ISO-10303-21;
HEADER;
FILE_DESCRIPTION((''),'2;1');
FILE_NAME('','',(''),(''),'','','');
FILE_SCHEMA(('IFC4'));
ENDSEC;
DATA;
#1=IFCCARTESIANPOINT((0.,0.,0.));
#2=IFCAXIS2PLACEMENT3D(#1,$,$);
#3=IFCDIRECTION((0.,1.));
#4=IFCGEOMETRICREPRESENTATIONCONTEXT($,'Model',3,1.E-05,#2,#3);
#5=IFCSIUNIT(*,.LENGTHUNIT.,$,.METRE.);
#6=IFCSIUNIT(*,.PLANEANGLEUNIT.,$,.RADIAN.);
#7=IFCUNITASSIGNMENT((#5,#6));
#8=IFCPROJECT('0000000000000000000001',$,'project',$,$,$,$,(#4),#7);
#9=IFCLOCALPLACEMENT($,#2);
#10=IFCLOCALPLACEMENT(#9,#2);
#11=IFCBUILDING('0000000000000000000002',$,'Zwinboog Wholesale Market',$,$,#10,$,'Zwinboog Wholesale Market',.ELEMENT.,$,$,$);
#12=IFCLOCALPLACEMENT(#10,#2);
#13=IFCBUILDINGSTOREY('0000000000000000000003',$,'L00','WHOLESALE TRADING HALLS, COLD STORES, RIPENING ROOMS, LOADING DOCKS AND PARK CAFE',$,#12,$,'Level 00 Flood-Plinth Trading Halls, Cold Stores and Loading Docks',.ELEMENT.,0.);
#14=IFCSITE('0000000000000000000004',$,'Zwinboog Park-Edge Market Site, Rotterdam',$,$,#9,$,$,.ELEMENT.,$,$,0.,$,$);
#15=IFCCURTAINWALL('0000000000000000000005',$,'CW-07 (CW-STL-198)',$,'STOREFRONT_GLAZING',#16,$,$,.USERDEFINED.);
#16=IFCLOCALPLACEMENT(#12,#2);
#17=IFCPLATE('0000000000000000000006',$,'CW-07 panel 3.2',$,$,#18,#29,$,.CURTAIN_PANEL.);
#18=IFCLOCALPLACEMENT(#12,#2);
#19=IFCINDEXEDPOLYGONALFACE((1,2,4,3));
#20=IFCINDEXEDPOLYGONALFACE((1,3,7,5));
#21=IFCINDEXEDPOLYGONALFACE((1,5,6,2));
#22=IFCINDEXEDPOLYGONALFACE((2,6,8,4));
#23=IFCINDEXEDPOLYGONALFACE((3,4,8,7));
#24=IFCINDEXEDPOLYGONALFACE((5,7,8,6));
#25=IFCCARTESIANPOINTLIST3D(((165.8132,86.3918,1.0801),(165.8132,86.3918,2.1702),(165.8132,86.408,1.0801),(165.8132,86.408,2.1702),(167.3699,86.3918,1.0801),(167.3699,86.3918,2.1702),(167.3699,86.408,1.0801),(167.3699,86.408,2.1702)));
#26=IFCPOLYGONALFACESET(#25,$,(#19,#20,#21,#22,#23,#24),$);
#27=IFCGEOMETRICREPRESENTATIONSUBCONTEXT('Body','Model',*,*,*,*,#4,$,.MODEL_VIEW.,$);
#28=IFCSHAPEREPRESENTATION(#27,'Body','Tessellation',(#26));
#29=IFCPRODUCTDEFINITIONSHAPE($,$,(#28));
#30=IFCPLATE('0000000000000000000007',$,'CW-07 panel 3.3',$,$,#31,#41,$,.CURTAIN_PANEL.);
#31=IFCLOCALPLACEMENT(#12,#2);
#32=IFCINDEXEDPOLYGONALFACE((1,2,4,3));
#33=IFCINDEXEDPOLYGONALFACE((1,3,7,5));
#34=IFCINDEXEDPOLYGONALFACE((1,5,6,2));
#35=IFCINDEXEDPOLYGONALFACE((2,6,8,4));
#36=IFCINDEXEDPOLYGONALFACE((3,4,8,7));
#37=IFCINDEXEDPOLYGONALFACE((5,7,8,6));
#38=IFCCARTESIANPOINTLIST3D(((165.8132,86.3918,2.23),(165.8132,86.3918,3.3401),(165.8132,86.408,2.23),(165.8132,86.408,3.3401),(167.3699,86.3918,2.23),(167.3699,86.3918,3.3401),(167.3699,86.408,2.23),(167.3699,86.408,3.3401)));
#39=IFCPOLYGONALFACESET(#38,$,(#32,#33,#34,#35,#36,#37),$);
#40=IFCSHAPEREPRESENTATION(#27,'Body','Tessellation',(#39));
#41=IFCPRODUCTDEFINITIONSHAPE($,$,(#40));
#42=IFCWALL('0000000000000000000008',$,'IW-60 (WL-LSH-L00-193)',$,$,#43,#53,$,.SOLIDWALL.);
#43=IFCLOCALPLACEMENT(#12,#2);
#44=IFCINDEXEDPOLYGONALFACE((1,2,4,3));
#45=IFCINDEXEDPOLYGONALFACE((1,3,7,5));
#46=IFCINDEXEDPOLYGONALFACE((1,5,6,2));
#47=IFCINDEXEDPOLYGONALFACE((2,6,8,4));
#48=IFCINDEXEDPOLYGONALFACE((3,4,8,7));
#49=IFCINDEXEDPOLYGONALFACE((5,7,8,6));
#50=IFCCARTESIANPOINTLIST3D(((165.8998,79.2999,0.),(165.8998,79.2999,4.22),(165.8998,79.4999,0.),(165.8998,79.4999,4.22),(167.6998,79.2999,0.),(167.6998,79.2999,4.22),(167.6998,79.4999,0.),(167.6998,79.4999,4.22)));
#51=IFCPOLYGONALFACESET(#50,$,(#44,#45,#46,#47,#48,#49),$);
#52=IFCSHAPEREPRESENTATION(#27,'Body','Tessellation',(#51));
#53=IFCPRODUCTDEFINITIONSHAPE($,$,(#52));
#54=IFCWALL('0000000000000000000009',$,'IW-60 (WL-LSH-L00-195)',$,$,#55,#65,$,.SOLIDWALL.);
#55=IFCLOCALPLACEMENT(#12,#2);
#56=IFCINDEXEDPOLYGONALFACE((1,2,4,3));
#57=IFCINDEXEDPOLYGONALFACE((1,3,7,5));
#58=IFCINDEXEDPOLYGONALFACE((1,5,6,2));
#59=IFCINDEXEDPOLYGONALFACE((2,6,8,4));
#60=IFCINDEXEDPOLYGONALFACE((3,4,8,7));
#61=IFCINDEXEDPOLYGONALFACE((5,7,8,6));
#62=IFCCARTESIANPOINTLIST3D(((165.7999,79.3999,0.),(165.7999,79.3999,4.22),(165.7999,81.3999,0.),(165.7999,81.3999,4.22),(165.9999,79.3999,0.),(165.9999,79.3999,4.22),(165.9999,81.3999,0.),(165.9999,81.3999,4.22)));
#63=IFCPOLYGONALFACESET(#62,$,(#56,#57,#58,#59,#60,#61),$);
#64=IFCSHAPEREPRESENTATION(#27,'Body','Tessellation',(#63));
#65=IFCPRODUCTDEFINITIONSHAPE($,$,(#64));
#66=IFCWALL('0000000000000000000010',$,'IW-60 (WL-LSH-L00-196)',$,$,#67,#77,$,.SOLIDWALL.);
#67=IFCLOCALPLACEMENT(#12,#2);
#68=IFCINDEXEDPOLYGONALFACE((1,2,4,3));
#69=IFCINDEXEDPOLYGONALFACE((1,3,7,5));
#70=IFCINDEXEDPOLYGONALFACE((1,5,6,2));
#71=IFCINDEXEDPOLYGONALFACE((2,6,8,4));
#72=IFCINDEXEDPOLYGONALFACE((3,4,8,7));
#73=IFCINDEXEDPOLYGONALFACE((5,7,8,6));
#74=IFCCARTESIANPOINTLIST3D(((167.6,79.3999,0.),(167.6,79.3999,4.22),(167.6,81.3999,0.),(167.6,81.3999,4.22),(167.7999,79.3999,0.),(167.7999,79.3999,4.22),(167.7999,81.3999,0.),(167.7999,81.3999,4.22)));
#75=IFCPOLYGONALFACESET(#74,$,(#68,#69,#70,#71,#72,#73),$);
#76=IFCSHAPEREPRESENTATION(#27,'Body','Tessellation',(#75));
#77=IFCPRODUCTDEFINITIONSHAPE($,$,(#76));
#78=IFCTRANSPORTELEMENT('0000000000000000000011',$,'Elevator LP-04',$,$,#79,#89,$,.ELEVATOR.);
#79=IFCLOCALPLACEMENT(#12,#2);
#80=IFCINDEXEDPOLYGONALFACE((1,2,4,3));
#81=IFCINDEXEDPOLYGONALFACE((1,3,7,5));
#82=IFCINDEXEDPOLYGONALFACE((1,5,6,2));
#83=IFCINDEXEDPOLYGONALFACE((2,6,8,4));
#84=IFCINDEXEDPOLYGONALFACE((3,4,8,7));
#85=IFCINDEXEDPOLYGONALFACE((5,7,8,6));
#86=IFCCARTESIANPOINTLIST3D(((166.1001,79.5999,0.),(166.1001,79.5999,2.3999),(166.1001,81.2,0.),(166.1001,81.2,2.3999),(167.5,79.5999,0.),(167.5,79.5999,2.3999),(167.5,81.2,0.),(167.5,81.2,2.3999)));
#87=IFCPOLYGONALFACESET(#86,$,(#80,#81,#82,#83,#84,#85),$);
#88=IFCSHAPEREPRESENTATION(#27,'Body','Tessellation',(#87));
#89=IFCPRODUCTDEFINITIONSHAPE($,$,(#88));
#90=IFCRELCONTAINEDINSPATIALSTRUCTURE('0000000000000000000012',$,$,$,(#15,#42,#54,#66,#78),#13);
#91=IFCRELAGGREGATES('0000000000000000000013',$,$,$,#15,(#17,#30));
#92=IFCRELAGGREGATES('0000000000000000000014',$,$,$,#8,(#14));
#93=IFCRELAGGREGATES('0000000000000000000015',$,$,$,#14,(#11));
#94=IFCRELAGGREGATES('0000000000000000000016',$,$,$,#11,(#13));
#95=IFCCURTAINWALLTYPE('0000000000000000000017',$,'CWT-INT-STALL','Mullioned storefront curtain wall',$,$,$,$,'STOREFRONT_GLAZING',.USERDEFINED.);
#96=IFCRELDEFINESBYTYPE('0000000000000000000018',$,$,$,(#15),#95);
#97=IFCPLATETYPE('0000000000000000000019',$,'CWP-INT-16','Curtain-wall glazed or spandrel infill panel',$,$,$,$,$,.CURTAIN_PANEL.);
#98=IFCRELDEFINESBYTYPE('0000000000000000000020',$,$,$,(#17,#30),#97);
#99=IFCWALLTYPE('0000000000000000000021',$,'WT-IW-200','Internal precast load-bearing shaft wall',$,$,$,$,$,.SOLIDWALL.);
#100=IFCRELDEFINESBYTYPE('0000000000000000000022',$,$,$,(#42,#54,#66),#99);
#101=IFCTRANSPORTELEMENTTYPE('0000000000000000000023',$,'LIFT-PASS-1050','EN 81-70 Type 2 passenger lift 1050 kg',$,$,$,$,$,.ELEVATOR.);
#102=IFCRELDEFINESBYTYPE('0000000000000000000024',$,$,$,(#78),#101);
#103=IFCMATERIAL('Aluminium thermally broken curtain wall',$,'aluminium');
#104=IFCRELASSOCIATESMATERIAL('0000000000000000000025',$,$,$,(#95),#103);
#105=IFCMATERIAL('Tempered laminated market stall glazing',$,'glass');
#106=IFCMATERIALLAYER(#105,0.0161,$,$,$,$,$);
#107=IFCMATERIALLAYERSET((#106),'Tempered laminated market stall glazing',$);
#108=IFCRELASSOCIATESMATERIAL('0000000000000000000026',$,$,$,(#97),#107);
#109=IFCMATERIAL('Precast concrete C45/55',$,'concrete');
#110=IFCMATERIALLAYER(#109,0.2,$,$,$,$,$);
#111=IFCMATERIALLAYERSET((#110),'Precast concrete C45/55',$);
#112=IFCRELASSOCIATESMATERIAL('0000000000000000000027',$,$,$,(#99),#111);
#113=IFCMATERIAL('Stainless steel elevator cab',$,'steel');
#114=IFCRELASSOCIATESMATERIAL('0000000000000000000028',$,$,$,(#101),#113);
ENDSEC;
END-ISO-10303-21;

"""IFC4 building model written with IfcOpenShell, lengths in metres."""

from ifc_helpers import new_model, si_unit, direction, frame, frame_2d, origin, origin_2d, place, context, subcontext, project, spatial, rectangle, extrude, material, layer, layer_set, type_object, element, aggregate, save


model = new_model("IFC4")

# Units and contexts
model_context = context("Model", 3, precision=1e-05, world=origin(), true_north=direction((0.0, 1.0)))
body_context = subcontext(model_context, "Body", "Model", "MODEL_VIEW")
ifc_project = project(units=[si_unit("LENGTHUNIT", "METRE"), si_unit("PLANEANGLEUNIT", "RADIAN")], contexts=[model_context])

# Site, building, storey
site_placement = place(None, origin())
site = spatial("IfcSite", under=ifc_project, at=site_placement, Name="Zwinboog Park-Edge Market Site, Rotterdam", CompositionType="ELEMENT", RefElevation=0.0)
building_placement = place(site_placement, origin())
building = spatial("IfcBuilding", under=site, at=building_placement, Name="Zwinboog Wholesale Market", LongName="Zwinboog Wholesale Market", CompositionType="ELEMENT")
storey_placement = place(building_placement, origin())
storey = spatial("IfcBuildingStorey", under=building, at=storey_placement, Name="L00", Description="WHOLESALE TRADING HALLS, COLD STORES, RIPENING ROOMS, LOADING DOCKS AND PARK CAFE", LongName="Level 00 Flood-Plinth Trading Halls, Cold Stores and Loading Docks", CompositionType="ELEMENT", Elevation=0.0)

# Curtain wall
ifc_material_1 = material(Name="Aluminium thermally broken curtain wall", Category="aluminium")
curtain_wall_type = type_object("IfcCurtainWallType", Name="CWT-INT-STALL", Description="Mullioned storefront curtain wall", ElementType="STOREFRONT_GLAZING", PredefinedType="USERDEFINED", material=ifc_material_1)
curtain_wall_1_placement = place(storey_placement, origin())
curtain_wall_1 = element("IfcCurtainWall", 1, at=curtain_wall_1_placement, inside=storey, type_object=curtain_wall_type, Name="CW-07 (CW-STL-198)", ObjectType="STOREFRONT_GLAZING", PredefinedType="USERDEFINED")

# Plates
ifc_material_2 = material(Name="Tempered laminated market stall glazing", Category="glass")
ifc_layer_1 = layer(ifc_material_2, 0.0161)
ifc_layer_set_1 = layer_set([ifc_layer_1], Name="Tempered laminated market stall glazing")
plate_type = type_object("IfcPlateType", Name="CWP-INT-16", Description="Curtain-wall glazed or spandrel infill panel", PredefinedType="CURTAIN_PANEL", material=ifc_layer_set_1)
plate_1_placement = place(storey_placement, frame((166.5916, 86.3999, 1.0801), z_axis=(0.0, 0.0, 1.0), x_axis=(1.0, 0.0, 0.0)))
plate_1 = element("IfcPlate", 2, at=plate_1_placement, type_object=plate_type, Name="CW-07 panel 3.2", PredefinedType="CURTAIN_PANEL", context=body_context, shape_type="SweptSolid", body=[
    extrude(rectangle(XDim=1.5566, YDim=0.0161, at=origin_2d()), origin(), (0.0, 0.0, 1.0), 1.0901),
])
plate_2_placement = place(storey_placement, frame((166.5916, 86.3999, 2.23), z_axis=(0.0, 0.0, 1.0), x_axis=(1.0, 0.0, 0.0)))
plate_2 = element("IfcPlate", 3, at=plate_2_placement, type_object=plate_type, Name="CW-07 panel 3.3", PredefinedType="CURTAIN_PANEL", context=body_context, shape_type="SweptSolid", body=[
    extrude(rectangle(XDim=1.5566, YDim=0.0161, at=origin_2d()), origin(), (0.0, 0.0, 1.0), 1.1101),
])
aggregate(curtain_wall_1, [plate_1, plate_2])

# Wall
ifc_material_3 = material(Name="Precast concrete C45/55", Category="concrete")
ifc_layer_2 = layer(ifc_material_3, 0.2)
ifc_layer_set_2 = layer_set([ifc_layer_2], Name="Precast concrete C45/55")
wall_type = type_object("IfcWallType", Name="WT-IW-200", Description="Internal precast load-bearing shaft wall", PredefinedType="SOLIDWALL", material=ifc_layer_set_2)
wall_1_placement = place(storey_placement, frame((165.8999, 79.3999, 0.0), z_axis=(0.0, 0.0, 1.0), x_axis=(1.0, 0.0, 0.0)))
element("IfcWall", 4, at=wall_1_placement, inside=storey, type_object=wall_type, Name="IW-60 (WL-LSH-L00-193)", PredefinedType="SOLIDWALL", context=body_context, shape_type="SweptSolid", body=[
    extrude(rectangle(XDim=1.8, YDim=0.2, at=frame_2d((0.8999, 0.0))), origin(), (0.0, 0.0, 1.0), 4.22),
])

# Walls
for number, where, z_axis, x_axis, name in (
    (5, (165.8999, 79.3999, 0.0), (0.0, 0.0, 1.0), (0.0, 1.0, 0.0), "IW-60 (WL-LSH-L00-195)"),
    (6, (167.7, 79.3999, 0.0), (0.0, 0.0, 1.0), (0.0, 1.0, 0.0), "IW-60 (WL-LSH-L00-196)"),
):
    element("IfcWall", number, at=place(storey_placement, frame(where, z_axis=z_axis, x_axis=x_axis)), inside=storey, type_object=wall_type, Name=name, PredefinedType="SOLIDWALL", context=body_context, shape_type="SweptSolid", body=[
        extrude(rectangle(XDim=2.0, YDim=0.2, at=frame_2d((1.0, 0.0))), origin(), (0.0, 0.0, 1.0), 4.22),
    ])

# Transport element
ifc_material_4 = material(Name="Stainless steel elevator cab", Category="steel")
transport_element_type = type_object("IfcTransportElementType", Name="LIFT-PASS-1050", Description="EN 81-70 Type 2 passenger lift 1050 kg", PredefinedType="ELEVATOR", material=ifc_material_4)
transport_element_placement = place(storey_placement, frame((166.8, 80.3999, 0.0), z_axis=(0.0, 0.0, 1.0), x_axis=(1.0, 0.0, 0.0)))
element("IfcTransportElement", 7, at=transport_element_placement, inside=storey, type_object=transport_element_type, Name="Elevator LP-04", PredefinedType="ELEVATOR", context=body_context, shape_type="SweptSolid", body=[
    extrude(rectangle(XDim=1.3999, YDim=1.6001, at=origin_2d()), origin(), (0.0, 0.0, 1.0), 2.3999),
])

save(model, "model.ifc")
